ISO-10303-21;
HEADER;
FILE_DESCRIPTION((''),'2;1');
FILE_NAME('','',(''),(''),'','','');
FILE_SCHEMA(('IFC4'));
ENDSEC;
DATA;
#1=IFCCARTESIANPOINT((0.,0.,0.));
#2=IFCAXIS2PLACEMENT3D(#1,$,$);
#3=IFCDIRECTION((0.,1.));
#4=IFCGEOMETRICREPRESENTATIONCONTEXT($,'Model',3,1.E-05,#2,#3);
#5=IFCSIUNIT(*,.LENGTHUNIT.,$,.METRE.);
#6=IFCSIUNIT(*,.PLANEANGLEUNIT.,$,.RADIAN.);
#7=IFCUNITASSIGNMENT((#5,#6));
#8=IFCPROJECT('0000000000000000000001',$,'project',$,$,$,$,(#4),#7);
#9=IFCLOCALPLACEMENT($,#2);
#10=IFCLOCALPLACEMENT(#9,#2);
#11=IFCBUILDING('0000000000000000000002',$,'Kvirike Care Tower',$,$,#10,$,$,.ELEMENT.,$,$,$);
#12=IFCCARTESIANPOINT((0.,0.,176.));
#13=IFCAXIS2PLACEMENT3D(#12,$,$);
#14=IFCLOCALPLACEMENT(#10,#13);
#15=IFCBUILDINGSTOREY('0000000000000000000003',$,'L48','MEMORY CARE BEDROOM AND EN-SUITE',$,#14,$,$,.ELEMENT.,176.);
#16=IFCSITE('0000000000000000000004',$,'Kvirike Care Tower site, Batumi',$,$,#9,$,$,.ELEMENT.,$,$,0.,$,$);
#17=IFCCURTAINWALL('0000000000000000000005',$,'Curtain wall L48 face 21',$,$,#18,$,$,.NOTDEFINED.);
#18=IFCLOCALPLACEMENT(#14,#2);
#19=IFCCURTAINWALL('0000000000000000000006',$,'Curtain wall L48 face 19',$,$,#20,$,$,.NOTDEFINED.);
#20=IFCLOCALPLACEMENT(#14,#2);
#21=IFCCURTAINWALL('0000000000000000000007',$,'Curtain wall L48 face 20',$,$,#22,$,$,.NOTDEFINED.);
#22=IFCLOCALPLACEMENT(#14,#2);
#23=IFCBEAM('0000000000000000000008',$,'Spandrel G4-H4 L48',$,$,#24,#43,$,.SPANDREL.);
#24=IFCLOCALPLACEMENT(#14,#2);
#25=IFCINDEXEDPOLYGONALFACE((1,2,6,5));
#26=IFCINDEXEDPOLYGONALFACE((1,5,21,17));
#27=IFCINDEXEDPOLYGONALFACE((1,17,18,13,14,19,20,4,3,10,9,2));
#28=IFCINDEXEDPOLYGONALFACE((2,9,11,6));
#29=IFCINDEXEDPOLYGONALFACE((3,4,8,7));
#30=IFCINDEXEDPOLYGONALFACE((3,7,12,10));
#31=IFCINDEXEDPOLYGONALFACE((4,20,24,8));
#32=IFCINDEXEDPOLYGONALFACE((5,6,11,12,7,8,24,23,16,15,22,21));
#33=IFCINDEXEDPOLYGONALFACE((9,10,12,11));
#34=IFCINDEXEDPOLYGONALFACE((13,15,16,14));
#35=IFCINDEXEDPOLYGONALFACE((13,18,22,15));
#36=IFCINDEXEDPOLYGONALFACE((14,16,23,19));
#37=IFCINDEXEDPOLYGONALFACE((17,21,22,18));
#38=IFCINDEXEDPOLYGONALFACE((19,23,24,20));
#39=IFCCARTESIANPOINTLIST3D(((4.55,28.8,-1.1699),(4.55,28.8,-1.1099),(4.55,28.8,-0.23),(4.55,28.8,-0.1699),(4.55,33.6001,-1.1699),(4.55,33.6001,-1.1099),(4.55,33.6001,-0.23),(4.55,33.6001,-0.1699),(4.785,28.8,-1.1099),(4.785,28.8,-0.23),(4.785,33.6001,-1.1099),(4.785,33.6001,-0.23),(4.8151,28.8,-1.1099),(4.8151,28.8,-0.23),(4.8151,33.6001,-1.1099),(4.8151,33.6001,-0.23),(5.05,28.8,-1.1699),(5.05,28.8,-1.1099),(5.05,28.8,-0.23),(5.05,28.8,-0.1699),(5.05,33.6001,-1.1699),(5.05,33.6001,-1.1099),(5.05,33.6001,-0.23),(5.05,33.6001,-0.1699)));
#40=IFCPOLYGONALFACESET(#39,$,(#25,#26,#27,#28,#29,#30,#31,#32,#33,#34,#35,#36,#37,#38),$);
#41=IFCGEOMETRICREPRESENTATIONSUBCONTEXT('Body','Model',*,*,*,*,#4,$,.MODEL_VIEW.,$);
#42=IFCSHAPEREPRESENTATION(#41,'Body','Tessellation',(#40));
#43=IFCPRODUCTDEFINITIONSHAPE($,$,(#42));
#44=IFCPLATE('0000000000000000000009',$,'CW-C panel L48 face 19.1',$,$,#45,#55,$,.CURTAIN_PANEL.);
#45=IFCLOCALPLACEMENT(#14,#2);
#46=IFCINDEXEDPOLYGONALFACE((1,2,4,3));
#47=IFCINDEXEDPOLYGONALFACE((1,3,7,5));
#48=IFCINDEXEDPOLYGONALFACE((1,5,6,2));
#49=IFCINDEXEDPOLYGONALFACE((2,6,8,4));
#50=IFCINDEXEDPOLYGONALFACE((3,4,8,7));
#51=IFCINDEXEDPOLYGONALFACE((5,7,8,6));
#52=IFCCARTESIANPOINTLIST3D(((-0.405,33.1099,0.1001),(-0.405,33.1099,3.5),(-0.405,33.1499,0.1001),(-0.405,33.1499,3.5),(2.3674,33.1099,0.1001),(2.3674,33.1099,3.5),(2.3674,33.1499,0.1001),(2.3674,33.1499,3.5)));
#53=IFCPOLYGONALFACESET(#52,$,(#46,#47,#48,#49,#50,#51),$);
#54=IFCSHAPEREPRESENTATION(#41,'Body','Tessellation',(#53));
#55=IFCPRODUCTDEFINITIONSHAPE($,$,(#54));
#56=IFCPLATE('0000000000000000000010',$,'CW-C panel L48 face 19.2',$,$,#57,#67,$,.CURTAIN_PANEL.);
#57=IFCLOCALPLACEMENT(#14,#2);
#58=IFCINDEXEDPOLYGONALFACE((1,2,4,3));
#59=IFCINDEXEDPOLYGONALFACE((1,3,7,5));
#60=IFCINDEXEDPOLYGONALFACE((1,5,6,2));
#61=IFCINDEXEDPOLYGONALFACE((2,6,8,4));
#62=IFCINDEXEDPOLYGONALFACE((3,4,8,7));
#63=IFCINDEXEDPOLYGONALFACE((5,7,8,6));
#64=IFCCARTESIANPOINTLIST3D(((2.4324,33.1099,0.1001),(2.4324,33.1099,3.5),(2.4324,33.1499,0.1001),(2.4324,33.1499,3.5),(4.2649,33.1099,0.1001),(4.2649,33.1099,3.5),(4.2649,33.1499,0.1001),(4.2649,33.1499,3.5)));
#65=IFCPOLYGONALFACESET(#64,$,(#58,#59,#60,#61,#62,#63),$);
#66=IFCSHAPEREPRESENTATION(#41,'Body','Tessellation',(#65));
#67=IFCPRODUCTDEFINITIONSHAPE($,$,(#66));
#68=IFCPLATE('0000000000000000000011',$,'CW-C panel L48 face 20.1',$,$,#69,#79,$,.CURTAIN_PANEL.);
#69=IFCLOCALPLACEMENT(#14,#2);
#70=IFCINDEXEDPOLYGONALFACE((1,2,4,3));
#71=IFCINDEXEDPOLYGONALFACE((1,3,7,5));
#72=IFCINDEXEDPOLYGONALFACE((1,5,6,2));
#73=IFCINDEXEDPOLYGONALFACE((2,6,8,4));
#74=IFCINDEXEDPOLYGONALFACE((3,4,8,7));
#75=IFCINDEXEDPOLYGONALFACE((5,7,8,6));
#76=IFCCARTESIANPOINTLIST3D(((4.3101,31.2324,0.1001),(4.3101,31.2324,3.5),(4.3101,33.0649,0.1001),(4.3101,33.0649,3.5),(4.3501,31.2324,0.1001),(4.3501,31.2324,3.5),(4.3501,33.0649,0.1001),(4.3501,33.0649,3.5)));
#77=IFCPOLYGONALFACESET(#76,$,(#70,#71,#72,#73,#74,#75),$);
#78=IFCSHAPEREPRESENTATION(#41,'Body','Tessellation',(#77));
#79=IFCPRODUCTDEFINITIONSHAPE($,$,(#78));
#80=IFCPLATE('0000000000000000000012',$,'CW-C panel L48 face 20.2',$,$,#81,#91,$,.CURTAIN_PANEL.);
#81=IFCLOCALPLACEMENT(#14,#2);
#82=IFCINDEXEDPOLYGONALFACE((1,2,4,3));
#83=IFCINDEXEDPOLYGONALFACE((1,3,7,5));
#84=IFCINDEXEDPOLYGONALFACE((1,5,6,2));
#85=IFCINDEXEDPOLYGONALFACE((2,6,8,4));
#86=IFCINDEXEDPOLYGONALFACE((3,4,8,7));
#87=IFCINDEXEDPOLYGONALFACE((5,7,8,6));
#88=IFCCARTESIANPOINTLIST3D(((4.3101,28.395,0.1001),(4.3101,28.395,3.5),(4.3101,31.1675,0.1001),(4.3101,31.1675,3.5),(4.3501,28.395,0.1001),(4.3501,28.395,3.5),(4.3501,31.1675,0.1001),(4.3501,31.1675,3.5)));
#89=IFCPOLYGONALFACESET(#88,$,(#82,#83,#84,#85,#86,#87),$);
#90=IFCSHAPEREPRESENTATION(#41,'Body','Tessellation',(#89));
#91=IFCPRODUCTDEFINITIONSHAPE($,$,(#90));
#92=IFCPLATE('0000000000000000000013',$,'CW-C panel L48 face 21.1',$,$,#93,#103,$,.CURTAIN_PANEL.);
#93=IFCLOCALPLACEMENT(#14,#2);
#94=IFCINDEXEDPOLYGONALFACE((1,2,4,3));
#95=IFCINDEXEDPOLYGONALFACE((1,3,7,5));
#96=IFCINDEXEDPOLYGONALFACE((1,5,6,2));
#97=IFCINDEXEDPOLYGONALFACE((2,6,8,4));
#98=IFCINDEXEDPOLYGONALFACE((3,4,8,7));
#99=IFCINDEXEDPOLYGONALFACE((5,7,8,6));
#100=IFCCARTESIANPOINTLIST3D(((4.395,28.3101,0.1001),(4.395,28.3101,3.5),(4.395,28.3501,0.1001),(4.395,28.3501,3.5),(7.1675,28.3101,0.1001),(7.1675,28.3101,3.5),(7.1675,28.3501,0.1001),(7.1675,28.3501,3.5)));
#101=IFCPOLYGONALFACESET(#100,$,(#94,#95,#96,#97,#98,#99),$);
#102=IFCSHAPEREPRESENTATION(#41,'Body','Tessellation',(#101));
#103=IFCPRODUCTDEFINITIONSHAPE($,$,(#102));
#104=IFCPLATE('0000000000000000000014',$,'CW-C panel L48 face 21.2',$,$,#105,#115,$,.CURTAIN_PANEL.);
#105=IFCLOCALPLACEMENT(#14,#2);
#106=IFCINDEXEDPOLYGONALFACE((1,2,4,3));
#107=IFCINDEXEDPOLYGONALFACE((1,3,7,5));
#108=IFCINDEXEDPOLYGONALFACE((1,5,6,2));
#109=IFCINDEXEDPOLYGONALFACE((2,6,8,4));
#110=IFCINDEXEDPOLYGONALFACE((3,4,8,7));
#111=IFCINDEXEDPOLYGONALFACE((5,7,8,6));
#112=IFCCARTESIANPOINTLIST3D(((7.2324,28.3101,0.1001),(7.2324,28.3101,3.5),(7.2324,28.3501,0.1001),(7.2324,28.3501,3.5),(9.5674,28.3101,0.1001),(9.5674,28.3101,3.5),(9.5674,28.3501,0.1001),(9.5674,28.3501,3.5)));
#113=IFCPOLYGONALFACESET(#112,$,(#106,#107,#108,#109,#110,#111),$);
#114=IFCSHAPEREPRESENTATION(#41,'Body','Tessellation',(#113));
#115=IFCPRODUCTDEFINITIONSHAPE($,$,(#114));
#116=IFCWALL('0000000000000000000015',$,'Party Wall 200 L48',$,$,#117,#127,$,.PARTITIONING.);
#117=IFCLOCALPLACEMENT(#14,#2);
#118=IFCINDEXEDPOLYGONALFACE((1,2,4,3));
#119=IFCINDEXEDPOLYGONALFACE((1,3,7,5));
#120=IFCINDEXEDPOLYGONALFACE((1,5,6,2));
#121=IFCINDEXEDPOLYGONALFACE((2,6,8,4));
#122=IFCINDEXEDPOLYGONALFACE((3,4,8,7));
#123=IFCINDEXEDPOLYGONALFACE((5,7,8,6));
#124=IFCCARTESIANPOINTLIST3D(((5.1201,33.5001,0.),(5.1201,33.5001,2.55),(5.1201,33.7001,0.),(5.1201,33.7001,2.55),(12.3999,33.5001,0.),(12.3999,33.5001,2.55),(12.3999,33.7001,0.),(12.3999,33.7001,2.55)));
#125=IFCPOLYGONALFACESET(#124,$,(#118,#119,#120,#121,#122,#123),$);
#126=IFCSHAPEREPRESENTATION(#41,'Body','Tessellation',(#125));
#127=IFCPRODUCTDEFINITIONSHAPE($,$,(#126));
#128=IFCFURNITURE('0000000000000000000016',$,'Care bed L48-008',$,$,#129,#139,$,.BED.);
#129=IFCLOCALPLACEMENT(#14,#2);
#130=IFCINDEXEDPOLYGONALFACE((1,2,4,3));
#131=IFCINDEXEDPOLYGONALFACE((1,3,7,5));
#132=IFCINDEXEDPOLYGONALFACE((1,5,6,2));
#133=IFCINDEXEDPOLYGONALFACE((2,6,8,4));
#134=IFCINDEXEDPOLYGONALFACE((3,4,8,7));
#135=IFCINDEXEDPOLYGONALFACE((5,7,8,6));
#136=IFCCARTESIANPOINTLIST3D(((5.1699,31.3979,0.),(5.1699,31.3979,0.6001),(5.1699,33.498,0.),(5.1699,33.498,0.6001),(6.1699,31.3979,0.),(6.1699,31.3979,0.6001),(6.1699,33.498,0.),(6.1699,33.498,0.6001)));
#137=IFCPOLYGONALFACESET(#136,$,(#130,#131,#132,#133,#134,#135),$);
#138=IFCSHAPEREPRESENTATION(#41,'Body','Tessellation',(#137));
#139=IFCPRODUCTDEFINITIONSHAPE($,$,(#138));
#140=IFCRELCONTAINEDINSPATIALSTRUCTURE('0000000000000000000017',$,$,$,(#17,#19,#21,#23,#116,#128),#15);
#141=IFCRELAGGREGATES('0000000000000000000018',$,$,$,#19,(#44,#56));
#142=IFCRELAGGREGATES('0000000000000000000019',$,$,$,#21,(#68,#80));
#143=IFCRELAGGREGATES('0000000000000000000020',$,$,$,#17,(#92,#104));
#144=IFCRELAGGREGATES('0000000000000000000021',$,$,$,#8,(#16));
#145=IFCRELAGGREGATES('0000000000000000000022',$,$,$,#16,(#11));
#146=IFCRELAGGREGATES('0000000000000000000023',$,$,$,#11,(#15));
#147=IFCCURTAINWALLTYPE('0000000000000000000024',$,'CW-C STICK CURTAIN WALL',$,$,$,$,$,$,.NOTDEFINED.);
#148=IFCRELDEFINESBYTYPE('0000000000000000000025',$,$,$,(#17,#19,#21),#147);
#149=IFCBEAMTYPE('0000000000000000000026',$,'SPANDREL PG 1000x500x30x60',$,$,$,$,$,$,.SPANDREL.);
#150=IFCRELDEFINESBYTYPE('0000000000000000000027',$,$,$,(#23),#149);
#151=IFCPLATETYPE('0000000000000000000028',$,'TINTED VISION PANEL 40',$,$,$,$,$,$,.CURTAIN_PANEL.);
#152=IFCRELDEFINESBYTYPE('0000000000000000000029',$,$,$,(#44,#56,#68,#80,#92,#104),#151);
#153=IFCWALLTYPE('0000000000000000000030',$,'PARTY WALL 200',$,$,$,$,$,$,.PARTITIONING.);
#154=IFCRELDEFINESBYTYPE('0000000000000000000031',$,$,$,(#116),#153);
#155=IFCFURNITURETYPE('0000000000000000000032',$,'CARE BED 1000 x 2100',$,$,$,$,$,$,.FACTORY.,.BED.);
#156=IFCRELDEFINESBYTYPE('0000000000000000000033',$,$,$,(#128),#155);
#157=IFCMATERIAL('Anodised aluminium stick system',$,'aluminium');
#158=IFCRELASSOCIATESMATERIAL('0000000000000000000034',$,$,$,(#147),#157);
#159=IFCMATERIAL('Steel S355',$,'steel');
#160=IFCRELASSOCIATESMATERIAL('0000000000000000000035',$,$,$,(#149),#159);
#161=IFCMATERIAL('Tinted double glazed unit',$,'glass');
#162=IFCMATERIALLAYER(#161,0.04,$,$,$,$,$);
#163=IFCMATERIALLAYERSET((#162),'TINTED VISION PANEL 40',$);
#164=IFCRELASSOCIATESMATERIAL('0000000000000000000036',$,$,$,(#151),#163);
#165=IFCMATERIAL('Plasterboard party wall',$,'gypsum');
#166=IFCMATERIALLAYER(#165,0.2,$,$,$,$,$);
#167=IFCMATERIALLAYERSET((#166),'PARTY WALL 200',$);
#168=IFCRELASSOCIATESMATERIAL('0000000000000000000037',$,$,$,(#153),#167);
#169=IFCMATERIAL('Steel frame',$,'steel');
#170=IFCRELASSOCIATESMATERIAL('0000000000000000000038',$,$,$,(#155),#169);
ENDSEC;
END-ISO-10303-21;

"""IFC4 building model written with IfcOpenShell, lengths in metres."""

from ifc_helpers import new_model, si_unit, direction, frame, frame_2d, origin, origin_2d, place, context, subcontext, project, spatial, rectangle, i_section, extrude, material, layer, layer_set, material_profile, profile_set, type_object, element, aggregate, save


model = new_model("IFC4")

# Units and contexts
model_context = context("Model", 3, precision=1e-05, world=origin(), true_north=direction((0.0, 1.0)))
body_context = subcontext(model_context, "Body", "Model", "MODEL_VIEW")
ifc_project = project(units=[si_unit("LENGTHUNIT", "METRE"), si_unit("PLANEANGLEUNIT", "RADIAN")], contexts=[model_context])

# Site, building, storey
site_placement = place(None, origin())
site = spatial("IfcSite", under=ifc_project, at=site_placement, Name="Kvirike Care Tower site, Batumi", CompositionType="ELEMENT", RefElevation=0.0)
building_placement = place(site_placement, origin())
building = spatial("IfcBuilding", under=site, at=building_placement, Name="Kvirike Care Tower", CompositionType="ELEMENT")
storey_placement = place(building_placement, frame((0.0, 0.0, 176.0)))
storey = spatial("IfcBuildingStorey", under=building, at=storey_placement, Name="L48", Description="MEMORY CARE BEDROOM AND EN-SUITE", CompositionType="ELEMENT", Elevation=176.0)

# Curtain wall
ifc_material_1 = material(Name="Anodised aluminium stick system", Category="aluminium")
curtain_wall_type = type_object("IfcCurtainWallType", Name="CW-C STICK CURTAIN WALL", PredefinedType="NOTDEFINED", material=ifc_material_1)
curtain_wall_1_placement = place(storey_placement, origin())
curtain_wall_1 = element("IfcCurtainWall", 1, at=curtain_wall_1_placement, inside=storey, type_object=curtain_wall_type, Name="Curtain wall L48 face 21", PredefinedType="NOTDEFINED")

# Curtain walls
curtain_wall_2_placement = place(storey_placement, origin())
curtain_wall_2 = element("IfcCurtainWall", 2, at=curtain_wall_2_placement, inside=storey, type_object=curtain_wall_type, Name="Curtain wall L48 face 19", PredefinedType="NOTDEFINED")
curtain_wall_3_placement = place(storey_placement, origin())
curtain_wall_3 = element("IfcCurtainWall", 3, at=curtain_wall_3_placement, inside=storey, type_object=curtain_wall_type, Name="Curtain wall L48 face 20", PredefinedType="NOTDEFINED")

# Beam
ifc_material_2 = material(Name="Steel S355", Category="steel")
ifc_material_profile_1 = material_profile(ifc_material_2, i_section(OverallWidth=0.5, OverallDepth=1.0, WebThickness=0.03, FlangeThickness=0.0601, at=origin_2d()), Name="PG 1000x500x30x60")
ifc_profile_set_1 = profile_set([ifc_material_profile_1], Name="Steel S355")
beam_type_1 = type_object("IfcBeamType", Name="SPANDREL PG 1000x500x30x60", PredefinedType="SPANDREL", material=ifc_profile_set_1)
beam_1_placement = place(storey_placement, frame((4.8, 28.8, -0.6699), z_axis=(0.0, 1.0, 0.0), x_axis=(-1.0, 0.0, 0.0)))
element("IfcBeam", 4, at=beam_1_placement, inside=storey, type_object=beam_type_1, Name="Spandrel G4-H4 L48", PredefinedType="SPANDREL", context=body_context, shape_type="SweptSolid", body=[
    extrude(i_section(OverallWidth=0.5, OverallDepth=1.0, WebThickness=0.03, FlangeThickness=0.0601, at=origin_2d()), origin(), (0.0, 0.0, 1.0), 4.8),
])

# Plates
ifc_material_3 = material(Name="Tinted double glazed unit", Category="glass")
ifc_layer_1 = layer(ifc_material_3, 0.04)
ifc_layer_set_1 = layer_set([ifc_layer_1], Name="TINTED VISION PANEL 40")
plate_type = type_object("IfcPlateType", Name="TINTED VISION PANEL 40", PredefinedType="CURTAIN_PANEL", material=ifc_layer_set_1)
plate_1_placement = place(storey_placement, frame((0.9812, 33.1299, 0.1001), z_axis=(0.0, 0.0, 1.0), x_axis=(1.0, 0.0, 0.0)))
plate_1 = element("IfcPlate", 5, at=plate_1_placement, type_object=plate_type, Name="CW-C panel L48 face 19.1", PredefinedType="CURTAIN_PANEL", context=body_context, shape_type="SweptSolid", body=[
    extrude(rectangle(XDim=2.7725, YDim=0.04, at=origin_2d()), origin(), (0.0, 0.0, 1.0), 3.3999),
])
plate_2_placement = place(storey_placement, frame((3.3486, 33.1299, 0.1001), z_axis=(0.0, 0.0, 1.0), x_axis=(1.0, 0.0, 0.0)))
plate_2 = element("IfcPlate", 6, at=plate_2_placement, type_object=plate_type, Name="CW-C panel L48 face 19.2", PredefinedType="CURTAIN_PANEL", context=body_context, shape_type="SweptSolid", body=[
    extrude(rectangle(XDim=1.8325, YDim=0.04, at=origin_2d()), origin(), (0.0, 0.0, 1.0), 3.3999),
])
aggregate(curtain_wall_2, [plate_1, plate_2])
plate_3_placement = place(storey_placement, frame((4.3301, 32.1487, 0.1001), z_axis=(0.0, 0.0, 1.0), x_axis=(0.0, -1.0, 0.0)))
plate_3 = element("IfcPlate", 7, at=plate_3_placement, type_object=plate_type, Name="CW-C panel L48 face 20.1", PredefinedType="CURTAIN_PANEL", context=body_context, shape_type="SweptSolid", body=[
    extrude(rectangle(XDim=1.8325, YDim=0.04, at=origin_2d()), origin(), (0.0, 0.0, 1.0), 3.3999),
])
plate_4_placement = place(storey_placement, frame((4.3301, 29.7812, 0.1001), z_axis=(0.0, 0.0, 1.0), x_axis=(0.0, -1.0, 0.0)))
plate_4 = element("IfcPlate", 8, at=plate_4_placement, type_object=plate_type, Name="CW-C panel L48 face 20.2", PredefinedType="CURTAIN_PANEL", context=body_context, shape_type="SweptSolid", body=[
    extrude(rectangle(XDim=2.7725, YDim=0.04, at=origin_2d()), origin(), (0.0, 0.0, 1.0), 3.3999),
])
aggregate(curtain_wall_3, [plate_3, plate_4])
plate_5_placement = place(storey_placement, frame((5.7812, 28.3301, 0.1001), z_axis=(0.0, 0.0, 1.0), x_axis=(1.0, 0.0, 0.0)))
plate_5 = element("IfcPlate", 9, at=plate_5_placement, type_object=plate_type, Name="CW-C panel L48 face 21.1", PredefinedType="CURTAIN_PANEL", context=body_context, shape_type="SweptSolid", body=[
    extrude(rectangle(XDim=2.7725, YDim=0.04, at=origin_2d()), origin(), (0.0, 0.0, 1.0), 3.3999),
])
plate_6_placement = place(storey_placement, frame((8.3999, 28.3301, 0.1001), z_axis=(0.0, 0.0, 1.0), x_axis=(1.0, 0.0, 0.0)))
plate_6 = element("IfcPlate", 10, at=plate_6_placement, type_object=plate_type, Name="CW-C panel L48 face 21.2", PredefinedType="CURTAIN_PANEL", context=body_context, shape_type="SweptSolid", body=[
    extrude(rectangle(XDim=2.335, YDim=0.04, at=origin_2d()), origin(), (0.0, 0.0, 1.0), 3.3999),
])
aggregate(curtain_wall_1, [plate_5, plate_6])

# Wall
ifc_material_4 = material(Name="Plasterboard party wall", Category="gypsum")
ifc_layer_2 = layer(ifc_material_4, 0.2)
ifc_layer_set_2 = layer_set([ifc_layer_2], Name="PARTY WALL 200")
wall_type = type_object("IfcWallType", Name="PARTY WALL 200", PredefinedType="PARTITIONING", material=ifc_layer_set_2)
wall_placement = place(storey_placement, frame((5.1201, 33.6001, 0.0), z_axis=(0.0, 0.0, 1.0), x_axis=(1.0, 0.0, 0.0)))
element("IfcWall", 11, at=wall_placement, inside=storey, type_object=wall_type, Name="Party Wall 200 L48", PredefinedType="PARTITIONING", context=body_context, shape_type="SweptSolid", body=[
    extrude(rectangle(XDim=7.2798, YDim=0.2, at=frame_2d((3.6399, 0.0))), origin(), (0.0, 0.0, 1.0), 2.55),
])

# Furniture
ifc_material_5 = material(Name="Steel frame", Category="steel")
furniture_type = type_object("IfcFurnitureType", Name="CARE BED 1000 x 2100", AssemblyPlace="FACTORY", PredefinedType="BED", material=ifc_material_5)
furniture_placement = place(storey_placement, frame((5.6699, 32.448, 0.0), z_axis=(0.0, 0.0, 1.0), x_axis=(1.0, 0.0, 0.0)))
element("IfcFurniture", 12, at=furniture_placement, inside=storey, type_object=furniture_type, Name="Care bed L48-008", PredefinedType="BED", context=body_context, shape_type="SweptSolid", body=[
    extrude(rectangle(XDim=1.0, YDim=2.1001, at=origin_2d()), origin(), (0.0, 0.0, 1.0), 0.6001),
])

save(model, "model.ifc")
